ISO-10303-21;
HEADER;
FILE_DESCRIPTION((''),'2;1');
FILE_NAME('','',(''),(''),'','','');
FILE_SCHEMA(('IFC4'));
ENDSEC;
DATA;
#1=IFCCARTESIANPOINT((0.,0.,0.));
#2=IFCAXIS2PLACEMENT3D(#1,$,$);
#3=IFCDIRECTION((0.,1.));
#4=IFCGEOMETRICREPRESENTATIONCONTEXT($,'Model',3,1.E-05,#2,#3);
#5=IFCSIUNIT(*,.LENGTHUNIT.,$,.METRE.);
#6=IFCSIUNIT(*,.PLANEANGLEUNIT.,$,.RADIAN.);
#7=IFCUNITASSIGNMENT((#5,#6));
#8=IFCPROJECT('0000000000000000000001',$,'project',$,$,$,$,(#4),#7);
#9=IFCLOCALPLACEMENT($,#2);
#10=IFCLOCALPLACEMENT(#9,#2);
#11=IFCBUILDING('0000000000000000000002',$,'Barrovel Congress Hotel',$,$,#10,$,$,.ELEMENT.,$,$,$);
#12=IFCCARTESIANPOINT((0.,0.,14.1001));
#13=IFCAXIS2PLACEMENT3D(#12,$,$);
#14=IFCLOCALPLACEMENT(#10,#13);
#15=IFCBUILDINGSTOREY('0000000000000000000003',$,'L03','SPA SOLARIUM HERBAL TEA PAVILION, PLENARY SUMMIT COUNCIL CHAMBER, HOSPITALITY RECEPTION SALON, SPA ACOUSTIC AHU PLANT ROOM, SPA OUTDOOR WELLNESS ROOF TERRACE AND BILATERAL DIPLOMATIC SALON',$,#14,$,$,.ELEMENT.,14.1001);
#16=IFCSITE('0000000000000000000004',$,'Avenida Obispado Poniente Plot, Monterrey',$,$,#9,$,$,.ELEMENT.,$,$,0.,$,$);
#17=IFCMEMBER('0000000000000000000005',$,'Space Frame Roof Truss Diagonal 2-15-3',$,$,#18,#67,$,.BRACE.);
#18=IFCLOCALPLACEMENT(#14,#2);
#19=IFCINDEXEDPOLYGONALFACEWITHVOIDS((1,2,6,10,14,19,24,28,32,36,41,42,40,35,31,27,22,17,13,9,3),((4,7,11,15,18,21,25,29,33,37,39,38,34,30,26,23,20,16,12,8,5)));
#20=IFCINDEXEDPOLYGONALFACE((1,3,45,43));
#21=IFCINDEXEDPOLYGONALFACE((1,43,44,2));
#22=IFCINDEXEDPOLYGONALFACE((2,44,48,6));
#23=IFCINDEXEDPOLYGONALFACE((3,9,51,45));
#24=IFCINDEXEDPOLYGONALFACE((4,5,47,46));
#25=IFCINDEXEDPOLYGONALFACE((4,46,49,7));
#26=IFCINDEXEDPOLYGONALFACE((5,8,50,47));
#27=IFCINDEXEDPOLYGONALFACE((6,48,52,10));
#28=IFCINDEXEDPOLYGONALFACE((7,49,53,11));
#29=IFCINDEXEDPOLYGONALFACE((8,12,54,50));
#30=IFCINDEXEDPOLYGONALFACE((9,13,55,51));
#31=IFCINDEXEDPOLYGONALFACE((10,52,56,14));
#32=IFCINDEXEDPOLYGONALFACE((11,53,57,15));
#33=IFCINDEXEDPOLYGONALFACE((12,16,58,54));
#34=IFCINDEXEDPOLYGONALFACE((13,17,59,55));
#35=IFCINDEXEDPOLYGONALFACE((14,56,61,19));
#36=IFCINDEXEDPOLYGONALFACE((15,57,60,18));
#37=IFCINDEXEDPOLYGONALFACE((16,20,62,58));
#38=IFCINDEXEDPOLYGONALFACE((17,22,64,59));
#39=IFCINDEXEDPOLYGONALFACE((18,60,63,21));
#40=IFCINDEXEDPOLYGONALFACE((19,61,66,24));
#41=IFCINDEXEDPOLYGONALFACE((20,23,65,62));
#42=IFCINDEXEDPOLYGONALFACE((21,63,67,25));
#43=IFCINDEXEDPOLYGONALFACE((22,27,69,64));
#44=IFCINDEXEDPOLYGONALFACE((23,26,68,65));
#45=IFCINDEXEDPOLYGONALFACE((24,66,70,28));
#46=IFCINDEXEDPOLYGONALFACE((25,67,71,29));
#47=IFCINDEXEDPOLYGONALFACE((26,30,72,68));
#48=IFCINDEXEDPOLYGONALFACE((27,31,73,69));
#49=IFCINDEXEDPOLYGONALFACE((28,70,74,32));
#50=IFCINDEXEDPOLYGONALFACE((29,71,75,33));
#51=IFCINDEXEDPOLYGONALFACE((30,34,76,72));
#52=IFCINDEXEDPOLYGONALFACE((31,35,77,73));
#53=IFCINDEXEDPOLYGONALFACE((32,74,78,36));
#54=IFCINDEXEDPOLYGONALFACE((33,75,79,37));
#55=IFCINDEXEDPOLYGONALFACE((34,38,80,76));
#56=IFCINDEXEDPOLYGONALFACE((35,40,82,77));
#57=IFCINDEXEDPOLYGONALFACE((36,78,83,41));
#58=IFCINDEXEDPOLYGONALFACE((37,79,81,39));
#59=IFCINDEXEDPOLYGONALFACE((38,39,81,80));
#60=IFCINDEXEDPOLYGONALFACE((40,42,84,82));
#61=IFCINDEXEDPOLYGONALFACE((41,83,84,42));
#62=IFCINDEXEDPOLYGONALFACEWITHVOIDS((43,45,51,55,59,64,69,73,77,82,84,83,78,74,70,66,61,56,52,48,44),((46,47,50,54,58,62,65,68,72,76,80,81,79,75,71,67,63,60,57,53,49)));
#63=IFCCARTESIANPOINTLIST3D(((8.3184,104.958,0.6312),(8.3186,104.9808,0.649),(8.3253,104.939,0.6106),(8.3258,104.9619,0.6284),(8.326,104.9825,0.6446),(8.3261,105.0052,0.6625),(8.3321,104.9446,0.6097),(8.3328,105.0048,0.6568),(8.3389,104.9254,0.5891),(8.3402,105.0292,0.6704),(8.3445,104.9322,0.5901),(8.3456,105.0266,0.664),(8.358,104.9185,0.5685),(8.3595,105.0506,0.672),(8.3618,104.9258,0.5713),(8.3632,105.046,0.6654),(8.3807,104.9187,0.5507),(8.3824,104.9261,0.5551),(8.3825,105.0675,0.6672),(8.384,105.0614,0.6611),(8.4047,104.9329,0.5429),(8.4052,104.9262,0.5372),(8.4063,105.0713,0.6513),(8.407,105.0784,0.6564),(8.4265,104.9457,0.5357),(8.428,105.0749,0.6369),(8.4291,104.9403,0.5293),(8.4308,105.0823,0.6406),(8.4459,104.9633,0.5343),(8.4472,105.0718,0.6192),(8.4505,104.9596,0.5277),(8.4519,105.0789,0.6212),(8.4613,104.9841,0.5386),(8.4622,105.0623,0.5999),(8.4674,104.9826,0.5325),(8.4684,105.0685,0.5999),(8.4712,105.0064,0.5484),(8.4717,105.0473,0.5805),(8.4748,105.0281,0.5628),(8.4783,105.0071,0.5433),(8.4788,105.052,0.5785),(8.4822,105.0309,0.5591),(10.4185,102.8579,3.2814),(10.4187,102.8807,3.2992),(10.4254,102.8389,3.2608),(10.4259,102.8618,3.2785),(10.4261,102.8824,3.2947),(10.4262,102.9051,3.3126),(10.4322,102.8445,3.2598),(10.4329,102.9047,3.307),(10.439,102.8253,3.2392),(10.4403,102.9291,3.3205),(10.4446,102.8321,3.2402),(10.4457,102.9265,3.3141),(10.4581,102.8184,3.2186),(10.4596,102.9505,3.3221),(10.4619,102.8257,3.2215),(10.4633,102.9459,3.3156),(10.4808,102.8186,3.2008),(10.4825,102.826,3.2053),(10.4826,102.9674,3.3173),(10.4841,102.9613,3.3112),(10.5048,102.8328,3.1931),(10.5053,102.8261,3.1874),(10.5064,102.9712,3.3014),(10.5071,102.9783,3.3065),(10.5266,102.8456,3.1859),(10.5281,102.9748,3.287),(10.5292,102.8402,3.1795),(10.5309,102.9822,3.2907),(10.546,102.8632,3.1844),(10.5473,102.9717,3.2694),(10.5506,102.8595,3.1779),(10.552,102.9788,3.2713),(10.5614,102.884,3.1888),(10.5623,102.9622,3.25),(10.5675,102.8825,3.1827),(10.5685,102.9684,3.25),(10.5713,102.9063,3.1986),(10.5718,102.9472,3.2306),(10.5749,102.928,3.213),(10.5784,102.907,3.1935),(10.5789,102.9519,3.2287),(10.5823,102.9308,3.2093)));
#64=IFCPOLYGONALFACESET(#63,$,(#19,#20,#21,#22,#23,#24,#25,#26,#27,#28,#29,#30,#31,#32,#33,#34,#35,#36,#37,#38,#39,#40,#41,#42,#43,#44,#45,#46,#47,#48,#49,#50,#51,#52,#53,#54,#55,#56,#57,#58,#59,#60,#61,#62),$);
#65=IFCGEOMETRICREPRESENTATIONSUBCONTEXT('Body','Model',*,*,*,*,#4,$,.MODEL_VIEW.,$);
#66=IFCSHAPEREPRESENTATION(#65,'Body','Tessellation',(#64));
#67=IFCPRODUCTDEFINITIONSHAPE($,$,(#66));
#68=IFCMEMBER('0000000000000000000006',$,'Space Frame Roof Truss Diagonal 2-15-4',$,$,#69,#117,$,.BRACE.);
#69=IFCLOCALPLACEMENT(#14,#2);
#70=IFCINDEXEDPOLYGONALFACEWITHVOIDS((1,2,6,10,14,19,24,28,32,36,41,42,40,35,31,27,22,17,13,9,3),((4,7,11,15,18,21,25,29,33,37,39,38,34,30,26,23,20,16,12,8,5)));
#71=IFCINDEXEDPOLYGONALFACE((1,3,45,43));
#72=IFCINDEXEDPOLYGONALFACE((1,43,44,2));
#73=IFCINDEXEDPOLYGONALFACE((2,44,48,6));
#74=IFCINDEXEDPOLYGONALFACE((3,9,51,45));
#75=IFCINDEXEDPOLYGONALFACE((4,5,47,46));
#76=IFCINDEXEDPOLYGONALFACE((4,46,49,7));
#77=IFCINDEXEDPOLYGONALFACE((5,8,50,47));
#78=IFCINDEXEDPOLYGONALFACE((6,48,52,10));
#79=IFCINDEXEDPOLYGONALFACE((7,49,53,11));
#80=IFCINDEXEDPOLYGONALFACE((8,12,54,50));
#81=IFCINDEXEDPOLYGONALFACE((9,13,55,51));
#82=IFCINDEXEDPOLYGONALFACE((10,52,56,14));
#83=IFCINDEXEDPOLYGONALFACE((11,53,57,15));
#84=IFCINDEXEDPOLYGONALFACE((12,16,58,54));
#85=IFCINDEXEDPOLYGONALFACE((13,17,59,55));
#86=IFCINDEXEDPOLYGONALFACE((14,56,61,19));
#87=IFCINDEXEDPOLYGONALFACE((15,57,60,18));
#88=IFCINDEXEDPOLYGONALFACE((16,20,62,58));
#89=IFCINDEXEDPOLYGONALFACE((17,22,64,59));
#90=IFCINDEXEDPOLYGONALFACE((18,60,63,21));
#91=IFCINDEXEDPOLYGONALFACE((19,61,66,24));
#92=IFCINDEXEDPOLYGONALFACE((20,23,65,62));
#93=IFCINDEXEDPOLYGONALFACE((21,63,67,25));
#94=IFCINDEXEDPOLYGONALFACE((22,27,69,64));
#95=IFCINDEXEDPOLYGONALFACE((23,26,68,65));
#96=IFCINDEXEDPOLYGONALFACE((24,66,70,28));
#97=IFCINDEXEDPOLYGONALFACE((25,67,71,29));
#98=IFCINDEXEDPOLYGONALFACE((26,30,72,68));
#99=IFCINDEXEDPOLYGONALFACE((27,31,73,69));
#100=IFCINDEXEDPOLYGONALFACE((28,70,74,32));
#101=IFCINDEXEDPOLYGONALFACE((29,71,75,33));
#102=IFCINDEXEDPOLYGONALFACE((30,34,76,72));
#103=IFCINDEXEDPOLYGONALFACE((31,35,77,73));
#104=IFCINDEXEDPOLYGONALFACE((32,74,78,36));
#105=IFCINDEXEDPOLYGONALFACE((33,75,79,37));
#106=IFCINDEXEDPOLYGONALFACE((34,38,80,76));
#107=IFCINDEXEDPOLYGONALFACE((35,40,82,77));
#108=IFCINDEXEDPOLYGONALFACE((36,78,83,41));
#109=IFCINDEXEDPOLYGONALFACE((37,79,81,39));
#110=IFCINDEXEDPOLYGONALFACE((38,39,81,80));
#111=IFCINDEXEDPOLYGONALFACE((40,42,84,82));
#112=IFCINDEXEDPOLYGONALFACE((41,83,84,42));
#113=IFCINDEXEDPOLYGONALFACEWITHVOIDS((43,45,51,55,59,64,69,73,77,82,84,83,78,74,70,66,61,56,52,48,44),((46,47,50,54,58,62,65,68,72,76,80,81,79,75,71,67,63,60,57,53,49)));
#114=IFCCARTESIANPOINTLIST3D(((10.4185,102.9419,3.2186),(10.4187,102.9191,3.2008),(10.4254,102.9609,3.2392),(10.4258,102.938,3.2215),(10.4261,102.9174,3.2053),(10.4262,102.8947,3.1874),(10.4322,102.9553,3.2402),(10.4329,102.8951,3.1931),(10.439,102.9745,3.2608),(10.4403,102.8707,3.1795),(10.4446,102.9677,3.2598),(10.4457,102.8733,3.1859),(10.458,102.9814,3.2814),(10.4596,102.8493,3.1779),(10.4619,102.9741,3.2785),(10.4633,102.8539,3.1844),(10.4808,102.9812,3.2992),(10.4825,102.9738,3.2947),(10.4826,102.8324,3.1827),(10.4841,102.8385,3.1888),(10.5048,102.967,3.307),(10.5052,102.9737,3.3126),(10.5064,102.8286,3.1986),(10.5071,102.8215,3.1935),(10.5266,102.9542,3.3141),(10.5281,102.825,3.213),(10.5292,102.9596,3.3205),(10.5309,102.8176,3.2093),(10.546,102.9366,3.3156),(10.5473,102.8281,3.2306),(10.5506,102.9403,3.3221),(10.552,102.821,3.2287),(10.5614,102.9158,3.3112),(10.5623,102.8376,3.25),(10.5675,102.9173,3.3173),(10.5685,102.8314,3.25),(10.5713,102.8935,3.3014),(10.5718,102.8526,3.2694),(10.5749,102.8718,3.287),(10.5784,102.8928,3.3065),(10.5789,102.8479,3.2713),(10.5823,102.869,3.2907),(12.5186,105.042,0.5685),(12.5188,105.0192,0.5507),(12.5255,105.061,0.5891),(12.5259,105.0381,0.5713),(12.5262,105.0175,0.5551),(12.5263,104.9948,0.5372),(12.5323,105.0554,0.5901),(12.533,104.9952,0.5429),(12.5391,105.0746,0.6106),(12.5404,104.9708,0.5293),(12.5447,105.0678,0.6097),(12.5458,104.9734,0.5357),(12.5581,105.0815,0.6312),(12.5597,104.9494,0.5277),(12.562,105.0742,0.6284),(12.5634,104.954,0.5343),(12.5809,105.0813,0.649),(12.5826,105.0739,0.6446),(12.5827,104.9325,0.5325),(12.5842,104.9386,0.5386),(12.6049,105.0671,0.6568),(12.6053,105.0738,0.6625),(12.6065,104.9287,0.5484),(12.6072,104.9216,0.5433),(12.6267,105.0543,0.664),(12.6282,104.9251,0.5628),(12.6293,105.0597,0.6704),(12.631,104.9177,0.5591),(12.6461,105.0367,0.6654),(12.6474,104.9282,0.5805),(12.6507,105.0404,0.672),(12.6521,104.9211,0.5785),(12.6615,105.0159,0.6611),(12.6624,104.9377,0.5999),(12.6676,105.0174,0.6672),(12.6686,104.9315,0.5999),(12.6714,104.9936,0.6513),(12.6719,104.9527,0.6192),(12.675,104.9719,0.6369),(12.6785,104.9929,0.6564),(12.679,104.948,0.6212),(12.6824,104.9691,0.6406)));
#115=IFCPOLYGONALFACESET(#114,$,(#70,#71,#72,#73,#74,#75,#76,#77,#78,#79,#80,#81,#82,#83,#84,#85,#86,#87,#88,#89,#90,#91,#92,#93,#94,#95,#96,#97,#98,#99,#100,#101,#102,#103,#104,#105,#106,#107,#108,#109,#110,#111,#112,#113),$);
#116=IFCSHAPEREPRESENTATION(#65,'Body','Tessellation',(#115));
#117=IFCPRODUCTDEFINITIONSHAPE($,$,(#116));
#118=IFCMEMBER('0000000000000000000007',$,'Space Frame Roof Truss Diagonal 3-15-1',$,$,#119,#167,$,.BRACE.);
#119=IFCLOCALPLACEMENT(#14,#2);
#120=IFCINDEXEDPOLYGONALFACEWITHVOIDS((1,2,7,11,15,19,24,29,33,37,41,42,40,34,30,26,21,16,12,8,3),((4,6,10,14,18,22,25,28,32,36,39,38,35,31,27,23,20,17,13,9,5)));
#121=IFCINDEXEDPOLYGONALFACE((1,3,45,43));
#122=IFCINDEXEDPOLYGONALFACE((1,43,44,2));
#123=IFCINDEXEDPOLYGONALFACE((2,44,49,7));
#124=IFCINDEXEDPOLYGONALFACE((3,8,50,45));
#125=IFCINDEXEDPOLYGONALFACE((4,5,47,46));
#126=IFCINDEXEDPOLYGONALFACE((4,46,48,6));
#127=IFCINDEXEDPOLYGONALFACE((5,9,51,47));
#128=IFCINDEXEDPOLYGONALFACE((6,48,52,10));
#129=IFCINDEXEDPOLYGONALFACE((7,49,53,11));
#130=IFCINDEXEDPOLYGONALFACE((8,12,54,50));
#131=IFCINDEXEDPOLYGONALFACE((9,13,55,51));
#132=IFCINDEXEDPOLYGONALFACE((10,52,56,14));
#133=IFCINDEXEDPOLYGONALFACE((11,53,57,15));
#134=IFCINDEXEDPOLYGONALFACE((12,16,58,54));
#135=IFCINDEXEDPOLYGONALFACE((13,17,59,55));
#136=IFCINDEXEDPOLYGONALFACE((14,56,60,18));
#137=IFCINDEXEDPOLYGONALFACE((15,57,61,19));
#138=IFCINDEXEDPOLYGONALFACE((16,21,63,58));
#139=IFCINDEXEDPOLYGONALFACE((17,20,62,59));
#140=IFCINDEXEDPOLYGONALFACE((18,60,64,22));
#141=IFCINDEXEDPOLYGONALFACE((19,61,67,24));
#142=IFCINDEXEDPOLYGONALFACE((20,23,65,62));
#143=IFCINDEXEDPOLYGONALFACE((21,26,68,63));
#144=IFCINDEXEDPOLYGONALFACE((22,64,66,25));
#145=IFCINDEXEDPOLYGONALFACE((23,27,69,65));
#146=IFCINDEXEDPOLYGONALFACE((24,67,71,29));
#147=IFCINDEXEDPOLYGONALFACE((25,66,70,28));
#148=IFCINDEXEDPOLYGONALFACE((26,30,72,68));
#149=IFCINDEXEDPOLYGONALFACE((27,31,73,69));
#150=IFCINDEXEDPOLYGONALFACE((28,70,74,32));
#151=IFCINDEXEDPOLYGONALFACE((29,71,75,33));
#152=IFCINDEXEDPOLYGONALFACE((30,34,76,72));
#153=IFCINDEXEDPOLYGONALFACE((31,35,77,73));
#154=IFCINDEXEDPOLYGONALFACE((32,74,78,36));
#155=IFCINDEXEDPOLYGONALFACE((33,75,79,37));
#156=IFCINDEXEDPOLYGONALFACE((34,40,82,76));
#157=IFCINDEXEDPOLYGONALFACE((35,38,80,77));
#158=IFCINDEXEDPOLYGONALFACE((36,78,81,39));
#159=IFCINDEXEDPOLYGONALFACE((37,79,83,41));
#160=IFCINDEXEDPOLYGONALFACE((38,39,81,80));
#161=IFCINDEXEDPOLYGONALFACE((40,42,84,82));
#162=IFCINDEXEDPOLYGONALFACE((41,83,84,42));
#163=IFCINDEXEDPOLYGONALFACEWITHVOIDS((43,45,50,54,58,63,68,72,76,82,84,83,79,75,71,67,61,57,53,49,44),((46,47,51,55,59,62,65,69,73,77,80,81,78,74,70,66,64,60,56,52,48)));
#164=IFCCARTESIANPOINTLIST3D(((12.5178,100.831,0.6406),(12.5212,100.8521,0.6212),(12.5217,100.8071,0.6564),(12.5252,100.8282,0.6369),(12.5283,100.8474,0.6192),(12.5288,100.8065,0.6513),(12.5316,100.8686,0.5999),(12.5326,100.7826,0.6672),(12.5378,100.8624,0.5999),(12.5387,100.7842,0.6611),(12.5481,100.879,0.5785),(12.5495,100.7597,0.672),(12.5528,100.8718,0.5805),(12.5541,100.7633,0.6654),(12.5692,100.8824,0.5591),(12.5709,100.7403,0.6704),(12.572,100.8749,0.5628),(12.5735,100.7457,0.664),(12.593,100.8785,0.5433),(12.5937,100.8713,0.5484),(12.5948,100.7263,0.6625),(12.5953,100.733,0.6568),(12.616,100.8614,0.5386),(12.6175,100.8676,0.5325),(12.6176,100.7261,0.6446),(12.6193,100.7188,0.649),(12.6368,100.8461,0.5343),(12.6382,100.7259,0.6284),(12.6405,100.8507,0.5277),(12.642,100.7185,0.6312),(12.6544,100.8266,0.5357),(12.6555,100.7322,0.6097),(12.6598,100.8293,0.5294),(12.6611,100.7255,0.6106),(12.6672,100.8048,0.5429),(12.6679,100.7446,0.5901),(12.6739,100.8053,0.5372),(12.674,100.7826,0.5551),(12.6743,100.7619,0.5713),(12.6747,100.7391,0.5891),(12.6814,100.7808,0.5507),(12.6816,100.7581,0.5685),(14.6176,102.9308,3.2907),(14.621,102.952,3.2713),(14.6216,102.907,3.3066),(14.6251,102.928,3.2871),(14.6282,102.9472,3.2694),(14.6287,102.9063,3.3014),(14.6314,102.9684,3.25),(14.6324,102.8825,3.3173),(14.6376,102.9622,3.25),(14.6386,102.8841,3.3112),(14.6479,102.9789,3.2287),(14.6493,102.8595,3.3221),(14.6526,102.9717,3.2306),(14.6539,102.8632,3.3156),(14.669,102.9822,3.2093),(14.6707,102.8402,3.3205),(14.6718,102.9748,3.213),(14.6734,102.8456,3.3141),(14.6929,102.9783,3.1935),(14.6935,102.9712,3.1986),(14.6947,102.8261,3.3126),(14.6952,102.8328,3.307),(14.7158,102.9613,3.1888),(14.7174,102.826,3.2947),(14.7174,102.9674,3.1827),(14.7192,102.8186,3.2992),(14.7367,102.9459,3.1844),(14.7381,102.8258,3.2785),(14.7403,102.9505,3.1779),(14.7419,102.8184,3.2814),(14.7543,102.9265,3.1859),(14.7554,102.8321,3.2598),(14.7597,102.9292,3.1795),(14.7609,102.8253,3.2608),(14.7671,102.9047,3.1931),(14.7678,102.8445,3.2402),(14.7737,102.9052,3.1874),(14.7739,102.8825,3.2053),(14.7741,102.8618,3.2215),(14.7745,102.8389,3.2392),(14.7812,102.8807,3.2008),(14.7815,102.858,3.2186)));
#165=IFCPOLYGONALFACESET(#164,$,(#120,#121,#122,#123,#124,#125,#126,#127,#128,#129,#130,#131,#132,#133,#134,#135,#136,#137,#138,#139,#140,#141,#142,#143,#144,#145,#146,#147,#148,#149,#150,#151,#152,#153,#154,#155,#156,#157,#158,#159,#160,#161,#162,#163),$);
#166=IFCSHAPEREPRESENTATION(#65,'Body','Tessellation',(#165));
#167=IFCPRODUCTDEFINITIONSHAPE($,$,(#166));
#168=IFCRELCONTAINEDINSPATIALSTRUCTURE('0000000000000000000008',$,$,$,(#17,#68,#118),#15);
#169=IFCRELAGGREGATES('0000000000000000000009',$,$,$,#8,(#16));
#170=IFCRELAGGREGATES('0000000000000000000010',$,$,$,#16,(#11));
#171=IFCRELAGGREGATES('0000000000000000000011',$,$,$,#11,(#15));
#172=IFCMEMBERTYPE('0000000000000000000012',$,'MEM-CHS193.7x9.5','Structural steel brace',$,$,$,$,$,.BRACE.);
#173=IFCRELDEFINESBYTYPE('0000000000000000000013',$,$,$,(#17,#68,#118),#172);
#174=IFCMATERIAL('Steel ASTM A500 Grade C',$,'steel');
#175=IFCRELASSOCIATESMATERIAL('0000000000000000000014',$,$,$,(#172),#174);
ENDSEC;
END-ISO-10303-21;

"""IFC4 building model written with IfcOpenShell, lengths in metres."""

from ifc_helpers import new_model, si_unit, direction, frame, origin, origin_2d, place, context, subcontext, project, spatial, hollow_circle, extrude, material, material_profile, profile_set, type_object, element, save


model = new_model("IFC4")

# Units and contexts
model_context = context("Model", 3, precision=1e-05, world=origin(), true_north=direction((0.0, 1.0)))
body_context = subcontext(model_context, "Body", "Model", "MODEL_VIEW")
ifc_project = project(units=[si_unit("LENGTHUNIT", "METRE"), si_unit("PLANEANGLEUNIT", "RADIAN")], contexts=[model_context])

# Site, building, storey
site_placement = place(None, origin())
site = spatial("IfcSite", under=ifc_project, at=site_placement, Name="Avenida Obispado Poniente Plot, Monterrey", CompositionType="ELEMENT", RefElevation=0.0)
building_placement = place(site_placement, origin())
building = spatial("IfcBuilding", under=site, at=building_placement, Name="Barrovel Congress Hotel", CompositionType="ELEMENT")
storey_placement = place(building_placement, frame((0.0, 0.0, 14.1001)))
storey = spatial("IfcBuildingStorey", under=building, at=storey_placement, Name="L03", Description="SPA SOLARIUM HERBAL TEA PAVILION, PLENARY SUMMIT COUNCIL CHAMBER, HOSPITALITY RECEPTION SALON, SPA ACOUSTIC AHU PLANT ROOM, SPA OUTDOOR WELLNESS ROOF TERRACE AND BILATERAL DIPLOMATIC SALON", CompositionType="ELEMENT", Elevation=14.1001)

# Members
ifc_material_1 = material(Name="Steel ASTM A500 Grade C", Category="steel")
ifc_material_profile_1 = material_profile(ifc_material_1, hollow_circle(Radius=0.0969, WallThickness=0.0088, at=origin_2d()), Name="CHS193.7x9.5")
ifc_profile_set_1 = profile_set([ifc_material_profile_1], Name="Steel ASTM A500 Grade C")
member_type_1 = type_object("IfcMemberType", Name="MEM-CHS193.7x9.5", Description="Structural steel brace", PredefinedType="BRACE", material=ifc_profile_set_1)
for number, where, z_axis, x_axis, name in (
    (1, (8.3999, 105.0, 0.5999), (0.527601, -0.527601, 0.665788), (0.707107, 0.707107, 0.0), "Space Frame Roof Truss Diagonal 2-15-3"),
    (2, (12.6001, 105.0, 0.5999), (-0.527601, -0.527601, 0.665788), (0.707107, -0.707107, 0.0), "Space Frame Roof Truss Diagonal 2-15-4"),
):
    element("IfcMember", number, at=place(storey_placement, frame(where, z_axis=z_axis, x_axis=x_axis)), inside=storey, type_object=member_type_1, Name=name, PredefinedType="BRACE", context=body_context, shape_type="SweptSolid", body=[
        extrude(hollow_circle(Radius=0.0969, WallThickness=0.0088, at=origin_2d()), origin(), (0.0, 0.0, 1.0), 3.9805),
    ])
for number, where, z_axis, x_axis, name in (
    (3, (12.6001, 100.8, 0.5999), (0.527574, 0.527574, 0.665831), (-0.707107, 0.707107, 0.0), "Space Frame Roof Truss Diagonal 3-15-1"),
):
    element("IfcMember", number, at=place(storey_placement, frame(where, z_axis=z_axis, x_axis=x_axis)), inside=storey, type_object=member_type_1, Name=name, PredefinedType="BRACE", context=body_context, shape_type="SweptSolid", body=[
        extrude(hollow_circle(Radius=0.0969, WallThickness=0.0088, at=origin_2d()), origin(), (0.0, 0.0, 1.0), 3.9802),
    ])

save(model, "model.ifc")
